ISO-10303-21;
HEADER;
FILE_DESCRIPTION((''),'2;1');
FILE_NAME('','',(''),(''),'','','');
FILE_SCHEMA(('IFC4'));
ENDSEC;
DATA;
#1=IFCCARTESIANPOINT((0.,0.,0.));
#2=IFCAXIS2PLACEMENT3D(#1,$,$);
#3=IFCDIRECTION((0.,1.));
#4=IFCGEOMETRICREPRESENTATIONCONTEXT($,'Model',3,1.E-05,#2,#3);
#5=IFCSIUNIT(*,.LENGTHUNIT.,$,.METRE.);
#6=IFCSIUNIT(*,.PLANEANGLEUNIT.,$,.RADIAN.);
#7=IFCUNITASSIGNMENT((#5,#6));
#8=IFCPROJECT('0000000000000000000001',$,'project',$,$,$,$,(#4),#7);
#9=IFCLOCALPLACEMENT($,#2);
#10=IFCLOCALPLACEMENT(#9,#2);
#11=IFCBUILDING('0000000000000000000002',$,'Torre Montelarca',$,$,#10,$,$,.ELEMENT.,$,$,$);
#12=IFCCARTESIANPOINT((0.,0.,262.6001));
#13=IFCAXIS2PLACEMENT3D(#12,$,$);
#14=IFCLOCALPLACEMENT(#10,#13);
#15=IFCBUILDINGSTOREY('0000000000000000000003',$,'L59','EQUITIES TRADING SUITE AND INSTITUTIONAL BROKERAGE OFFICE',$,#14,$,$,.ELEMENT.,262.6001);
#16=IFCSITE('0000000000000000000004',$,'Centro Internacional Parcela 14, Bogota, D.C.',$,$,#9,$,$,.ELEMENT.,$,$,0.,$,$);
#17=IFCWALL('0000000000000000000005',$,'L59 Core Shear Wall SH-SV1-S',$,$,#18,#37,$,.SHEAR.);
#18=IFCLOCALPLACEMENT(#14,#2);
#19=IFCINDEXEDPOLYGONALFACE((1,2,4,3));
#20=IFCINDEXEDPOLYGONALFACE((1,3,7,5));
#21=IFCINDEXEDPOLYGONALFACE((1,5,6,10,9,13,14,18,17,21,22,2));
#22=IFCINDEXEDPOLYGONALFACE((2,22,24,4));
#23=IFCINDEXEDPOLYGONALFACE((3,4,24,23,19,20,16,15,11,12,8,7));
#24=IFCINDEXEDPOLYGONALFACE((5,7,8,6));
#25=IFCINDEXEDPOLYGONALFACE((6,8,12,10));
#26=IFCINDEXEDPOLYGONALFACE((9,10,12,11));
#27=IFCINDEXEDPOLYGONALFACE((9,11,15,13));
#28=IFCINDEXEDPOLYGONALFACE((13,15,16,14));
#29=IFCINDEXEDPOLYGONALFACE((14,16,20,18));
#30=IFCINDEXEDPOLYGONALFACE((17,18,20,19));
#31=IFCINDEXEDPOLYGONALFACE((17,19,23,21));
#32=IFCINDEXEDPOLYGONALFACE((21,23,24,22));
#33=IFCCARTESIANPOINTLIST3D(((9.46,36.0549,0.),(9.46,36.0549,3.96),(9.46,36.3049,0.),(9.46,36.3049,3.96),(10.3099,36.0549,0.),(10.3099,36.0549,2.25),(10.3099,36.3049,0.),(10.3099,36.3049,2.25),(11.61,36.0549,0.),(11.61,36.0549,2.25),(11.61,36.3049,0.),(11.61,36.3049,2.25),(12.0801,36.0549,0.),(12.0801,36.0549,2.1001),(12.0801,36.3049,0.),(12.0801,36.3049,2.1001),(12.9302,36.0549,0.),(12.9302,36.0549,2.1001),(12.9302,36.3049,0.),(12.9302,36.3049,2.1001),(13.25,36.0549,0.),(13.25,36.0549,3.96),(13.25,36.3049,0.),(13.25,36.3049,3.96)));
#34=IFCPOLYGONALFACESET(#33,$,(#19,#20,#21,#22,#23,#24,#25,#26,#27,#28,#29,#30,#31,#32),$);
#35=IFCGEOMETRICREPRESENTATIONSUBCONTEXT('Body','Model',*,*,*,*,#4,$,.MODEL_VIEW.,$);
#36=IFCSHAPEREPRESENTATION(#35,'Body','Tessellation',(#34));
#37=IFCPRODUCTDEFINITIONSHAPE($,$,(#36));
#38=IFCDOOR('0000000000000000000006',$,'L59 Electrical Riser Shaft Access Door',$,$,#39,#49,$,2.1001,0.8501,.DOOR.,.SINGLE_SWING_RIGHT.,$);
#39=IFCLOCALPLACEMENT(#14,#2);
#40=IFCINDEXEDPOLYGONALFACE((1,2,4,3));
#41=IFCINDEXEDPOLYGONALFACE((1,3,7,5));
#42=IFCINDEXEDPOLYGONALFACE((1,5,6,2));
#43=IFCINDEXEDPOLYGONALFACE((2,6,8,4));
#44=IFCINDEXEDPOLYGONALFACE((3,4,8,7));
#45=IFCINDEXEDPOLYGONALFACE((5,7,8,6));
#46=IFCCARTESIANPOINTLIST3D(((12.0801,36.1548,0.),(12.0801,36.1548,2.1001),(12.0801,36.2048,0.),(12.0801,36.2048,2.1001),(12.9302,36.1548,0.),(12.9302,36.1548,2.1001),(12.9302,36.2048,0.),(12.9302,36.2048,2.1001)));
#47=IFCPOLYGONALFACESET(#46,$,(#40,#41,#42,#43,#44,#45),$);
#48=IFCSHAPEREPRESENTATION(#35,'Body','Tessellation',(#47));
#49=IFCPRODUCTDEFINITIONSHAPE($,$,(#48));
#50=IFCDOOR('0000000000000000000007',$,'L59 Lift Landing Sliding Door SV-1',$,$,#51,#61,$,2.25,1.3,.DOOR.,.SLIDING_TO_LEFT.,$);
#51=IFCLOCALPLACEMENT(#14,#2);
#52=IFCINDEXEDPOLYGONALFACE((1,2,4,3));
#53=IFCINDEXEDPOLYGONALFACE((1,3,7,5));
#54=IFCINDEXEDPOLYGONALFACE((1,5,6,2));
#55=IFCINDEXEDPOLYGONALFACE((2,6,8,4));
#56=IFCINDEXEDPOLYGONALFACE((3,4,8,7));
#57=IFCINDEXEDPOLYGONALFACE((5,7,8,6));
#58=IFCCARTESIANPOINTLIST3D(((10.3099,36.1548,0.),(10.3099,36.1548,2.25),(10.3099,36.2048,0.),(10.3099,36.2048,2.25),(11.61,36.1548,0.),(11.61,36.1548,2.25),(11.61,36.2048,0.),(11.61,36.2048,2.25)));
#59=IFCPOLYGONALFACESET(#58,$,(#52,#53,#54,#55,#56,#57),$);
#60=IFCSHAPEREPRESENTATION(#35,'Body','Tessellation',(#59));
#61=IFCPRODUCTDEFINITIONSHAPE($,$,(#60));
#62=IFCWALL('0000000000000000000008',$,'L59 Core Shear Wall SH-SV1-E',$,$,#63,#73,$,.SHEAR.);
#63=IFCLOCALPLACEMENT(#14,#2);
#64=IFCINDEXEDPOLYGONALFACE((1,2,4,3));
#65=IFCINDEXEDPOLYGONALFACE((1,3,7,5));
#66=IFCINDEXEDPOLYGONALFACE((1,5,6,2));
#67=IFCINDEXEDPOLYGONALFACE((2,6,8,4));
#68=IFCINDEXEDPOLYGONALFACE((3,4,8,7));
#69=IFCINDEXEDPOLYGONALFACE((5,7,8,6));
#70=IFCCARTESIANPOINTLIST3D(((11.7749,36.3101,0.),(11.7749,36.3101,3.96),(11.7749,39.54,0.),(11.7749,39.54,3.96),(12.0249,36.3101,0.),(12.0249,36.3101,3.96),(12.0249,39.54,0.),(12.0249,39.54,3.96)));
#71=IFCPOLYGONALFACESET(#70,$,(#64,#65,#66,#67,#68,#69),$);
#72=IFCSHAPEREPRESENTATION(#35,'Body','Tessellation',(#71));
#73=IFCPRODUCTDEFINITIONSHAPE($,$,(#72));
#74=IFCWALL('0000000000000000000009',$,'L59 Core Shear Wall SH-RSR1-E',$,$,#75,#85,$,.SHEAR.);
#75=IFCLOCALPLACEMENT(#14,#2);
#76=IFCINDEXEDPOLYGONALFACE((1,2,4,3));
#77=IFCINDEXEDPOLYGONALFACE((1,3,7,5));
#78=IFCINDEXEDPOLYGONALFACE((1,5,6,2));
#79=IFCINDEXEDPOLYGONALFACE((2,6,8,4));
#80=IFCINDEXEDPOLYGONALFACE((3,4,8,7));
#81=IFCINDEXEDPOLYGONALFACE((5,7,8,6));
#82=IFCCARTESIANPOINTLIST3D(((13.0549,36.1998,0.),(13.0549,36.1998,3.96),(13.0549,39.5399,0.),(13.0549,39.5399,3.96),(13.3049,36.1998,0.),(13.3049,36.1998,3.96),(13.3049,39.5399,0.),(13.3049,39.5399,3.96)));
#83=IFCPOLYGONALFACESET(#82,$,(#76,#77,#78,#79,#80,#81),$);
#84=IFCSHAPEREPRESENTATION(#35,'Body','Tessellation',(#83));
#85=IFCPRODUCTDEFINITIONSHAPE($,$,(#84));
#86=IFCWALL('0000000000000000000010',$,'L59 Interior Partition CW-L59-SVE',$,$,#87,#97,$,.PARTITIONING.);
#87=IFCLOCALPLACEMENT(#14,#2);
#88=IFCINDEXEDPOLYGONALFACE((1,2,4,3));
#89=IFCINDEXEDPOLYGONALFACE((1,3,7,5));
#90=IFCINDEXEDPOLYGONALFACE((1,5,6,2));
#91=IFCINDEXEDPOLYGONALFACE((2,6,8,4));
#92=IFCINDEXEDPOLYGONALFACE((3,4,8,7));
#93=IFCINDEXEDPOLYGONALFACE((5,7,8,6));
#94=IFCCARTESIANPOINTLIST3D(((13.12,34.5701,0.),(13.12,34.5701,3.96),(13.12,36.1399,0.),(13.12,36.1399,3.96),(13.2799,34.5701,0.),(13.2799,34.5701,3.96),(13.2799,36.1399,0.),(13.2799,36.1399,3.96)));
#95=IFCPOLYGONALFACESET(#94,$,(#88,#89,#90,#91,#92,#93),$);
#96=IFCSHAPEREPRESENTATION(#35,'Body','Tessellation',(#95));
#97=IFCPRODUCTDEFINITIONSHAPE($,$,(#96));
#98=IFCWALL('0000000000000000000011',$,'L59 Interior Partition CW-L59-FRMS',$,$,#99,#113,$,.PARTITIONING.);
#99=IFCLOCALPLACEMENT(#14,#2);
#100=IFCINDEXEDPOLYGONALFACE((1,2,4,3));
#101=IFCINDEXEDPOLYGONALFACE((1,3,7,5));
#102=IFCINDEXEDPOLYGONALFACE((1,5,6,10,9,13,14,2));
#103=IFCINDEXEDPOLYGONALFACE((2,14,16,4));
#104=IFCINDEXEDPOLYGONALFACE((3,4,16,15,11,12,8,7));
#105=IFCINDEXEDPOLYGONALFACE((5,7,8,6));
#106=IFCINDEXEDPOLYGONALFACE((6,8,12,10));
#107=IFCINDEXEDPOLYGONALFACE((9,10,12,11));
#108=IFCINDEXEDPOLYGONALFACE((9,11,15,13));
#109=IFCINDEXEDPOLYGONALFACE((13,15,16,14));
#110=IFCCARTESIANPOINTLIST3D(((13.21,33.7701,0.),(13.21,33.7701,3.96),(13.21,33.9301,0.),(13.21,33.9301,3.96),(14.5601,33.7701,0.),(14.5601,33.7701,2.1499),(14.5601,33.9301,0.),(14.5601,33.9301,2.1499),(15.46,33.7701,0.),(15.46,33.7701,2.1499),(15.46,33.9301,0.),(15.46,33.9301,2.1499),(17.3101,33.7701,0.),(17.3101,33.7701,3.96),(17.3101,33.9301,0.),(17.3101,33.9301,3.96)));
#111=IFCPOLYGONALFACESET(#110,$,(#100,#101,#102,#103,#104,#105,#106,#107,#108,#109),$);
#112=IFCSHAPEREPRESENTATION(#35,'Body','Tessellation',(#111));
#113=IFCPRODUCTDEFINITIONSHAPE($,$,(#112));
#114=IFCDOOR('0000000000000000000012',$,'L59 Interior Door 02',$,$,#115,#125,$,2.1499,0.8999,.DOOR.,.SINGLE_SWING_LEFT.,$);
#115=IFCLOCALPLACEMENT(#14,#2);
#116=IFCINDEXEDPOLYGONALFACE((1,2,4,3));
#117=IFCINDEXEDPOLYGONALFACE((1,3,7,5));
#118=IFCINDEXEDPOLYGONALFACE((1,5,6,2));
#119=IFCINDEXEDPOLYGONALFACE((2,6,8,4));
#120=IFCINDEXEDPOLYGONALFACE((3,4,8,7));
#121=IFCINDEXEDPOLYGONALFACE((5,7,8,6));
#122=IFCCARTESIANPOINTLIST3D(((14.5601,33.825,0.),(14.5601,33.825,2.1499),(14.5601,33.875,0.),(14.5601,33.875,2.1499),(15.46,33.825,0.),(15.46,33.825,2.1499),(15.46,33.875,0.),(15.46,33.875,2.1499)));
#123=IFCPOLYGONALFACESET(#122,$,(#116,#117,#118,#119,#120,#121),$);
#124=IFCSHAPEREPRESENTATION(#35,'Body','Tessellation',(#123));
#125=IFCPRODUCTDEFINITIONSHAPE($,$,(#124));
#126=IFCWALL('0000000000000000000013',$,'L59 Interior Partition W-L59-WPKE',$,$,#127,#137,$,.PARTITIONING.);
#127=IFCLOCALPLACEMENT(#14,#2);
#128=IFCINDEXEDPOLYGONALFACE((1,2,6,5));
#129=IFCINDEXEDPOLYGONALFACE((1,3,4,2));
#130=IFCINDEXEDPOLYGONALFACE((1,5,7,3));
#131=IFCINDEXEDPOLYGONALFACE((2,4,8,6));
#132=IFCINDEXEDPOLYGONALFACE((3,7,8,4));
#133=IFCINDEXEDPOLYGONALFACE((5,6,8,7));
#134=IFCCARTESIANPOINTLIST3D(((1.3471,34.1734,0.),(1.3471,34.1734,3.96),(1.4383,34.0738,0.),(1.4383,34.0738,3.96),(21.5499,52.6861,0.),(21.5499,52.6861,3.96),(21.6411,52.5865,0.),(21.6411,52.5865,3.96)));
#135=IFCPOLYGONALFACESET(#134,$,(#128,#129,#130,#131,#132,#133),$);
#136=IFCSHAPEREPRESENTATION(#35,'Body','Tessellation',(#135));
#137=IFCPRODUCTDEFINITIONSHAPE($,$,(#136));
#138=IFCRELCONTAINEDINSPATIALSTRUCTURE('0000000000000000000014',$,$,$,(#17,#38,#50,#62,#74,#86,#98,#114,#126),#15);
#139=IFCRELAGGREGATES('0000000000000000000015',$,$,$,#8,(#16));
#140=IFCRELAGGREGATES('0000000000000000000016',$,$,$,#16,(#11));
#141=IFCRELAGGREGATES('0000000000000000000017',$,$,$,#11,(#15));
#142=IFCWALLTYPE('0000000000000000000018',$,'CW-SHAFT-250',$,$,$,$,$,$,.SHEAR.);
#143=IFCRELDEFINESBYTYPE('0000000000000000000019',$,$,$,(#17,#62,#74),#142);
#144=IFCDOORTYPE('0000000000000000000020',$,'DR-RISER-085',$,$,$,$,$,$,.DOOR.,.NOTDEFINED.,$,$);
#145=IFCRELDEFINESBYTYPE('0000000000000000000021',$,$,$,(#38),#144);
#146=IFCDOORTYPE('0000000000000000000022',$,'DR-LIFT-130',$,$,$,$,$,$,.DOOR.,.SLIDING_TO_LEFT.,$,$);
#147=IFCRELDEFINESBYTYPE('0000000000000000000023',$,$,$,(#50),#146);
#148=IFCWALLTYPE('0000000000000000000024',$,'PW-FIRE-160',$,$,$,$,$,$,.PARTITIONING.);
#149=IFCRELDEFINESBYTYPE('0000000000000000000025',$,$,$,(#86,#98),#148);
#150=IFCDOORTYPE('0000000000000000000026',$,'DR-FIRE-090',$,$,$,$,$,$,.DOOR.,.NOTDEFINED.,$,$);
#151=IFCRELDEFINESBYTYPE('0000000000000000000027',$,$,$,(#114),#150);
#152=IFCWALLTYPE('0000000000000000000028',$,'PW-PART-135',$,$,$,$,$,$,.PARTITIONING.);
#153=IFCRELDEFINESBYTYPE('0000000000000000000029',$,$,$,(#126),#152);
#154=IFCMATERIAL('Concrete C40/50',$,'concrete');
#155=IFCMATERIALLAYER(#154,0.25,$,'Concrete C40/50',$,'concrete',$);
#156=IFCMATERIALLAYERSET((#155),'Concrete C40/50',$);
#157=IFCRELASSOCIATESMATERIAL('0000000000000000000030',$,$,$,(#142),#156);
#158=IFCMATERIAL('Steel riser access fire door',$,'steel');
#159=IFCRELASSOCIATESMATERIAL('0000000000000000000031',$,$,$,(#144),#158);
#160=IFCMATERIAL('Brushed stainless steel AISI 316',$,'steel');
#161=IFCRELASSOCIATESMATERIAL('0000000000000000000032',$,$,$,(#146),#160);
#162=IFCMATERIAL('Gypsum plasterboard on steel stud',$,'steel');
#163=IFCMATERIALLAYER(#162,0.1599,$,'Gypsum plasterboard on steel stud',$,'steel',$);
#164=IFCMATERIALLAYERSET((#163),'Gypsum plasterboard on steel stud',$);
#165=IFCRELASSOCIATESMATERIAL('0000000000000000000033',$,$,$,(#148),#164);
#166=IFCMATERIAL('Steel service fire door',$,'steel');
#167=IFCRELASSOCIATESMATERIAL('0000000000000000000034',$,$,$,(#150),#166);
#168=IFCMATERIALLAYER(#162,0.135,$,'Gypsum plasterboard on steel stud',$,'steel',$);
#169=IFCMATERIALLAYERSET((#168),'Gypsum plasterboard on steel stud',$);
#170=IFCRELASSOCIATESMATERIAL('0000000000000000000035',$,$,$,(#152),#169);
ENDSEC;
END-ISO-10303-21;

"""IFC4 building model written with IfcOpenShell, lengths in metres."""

from ifc_helpers import new_model, si_unit, direction, frame, frame_2d, origin, place, context, subcontext, project, spatial, rectangle, extrude, source, transform, mapped, material, layer, layer_set, type_object, element, fill, save


model = new_model("IFC4")

# Units and contexts
model_context = context("Model", 3, precision=1e-05, world=origin(), true_north=direction((0.0, 1.0)))
body_context = subcontext(model_context, "Body", "Model", "MODEL_VIEW")
ifc_project = project(units=[si_unit("LENGTHUNIT", "METRE"), si_unit("PLANEANGLEUNIT", "RADIAN")], contexts=[model_context])

# Site, building, storey
site_placement = place(None, origin())
site = spatial("IfcSite", under=ifc_project, at=site_placement, Name="Centro Internacional Parcela 14, Bogota, D.C.", CompositionType="ELEMENT", RefElevation=0.0)
building_placement = place(site_placement, origin())
building = spatial("IfcBuilding", under=site, at=building_placement, Name="Torre Montelarca", CompositionType="ELEMENT")
storey_placement = place(building_placement, frame((0.0, 0.0, 262.6001)))
storey = spatial("IfcBuildingStorey", under=building, at=storey_placement, Name="L59", Description="EQUITIES TRADING SUITE AND INSTITUTIONAL BROKERAGE OFFICE", CompositionType="ELEMENT", Elevation=262.6001)

# Shared definitions
ifc_material_1 = material(Name="Concrete C40/50", Category="concrete")
ifc_layer_1 = layer(ifc_material_1, 0.25, Name="Concrete C40/50", Category="concrete")
ifc_layer_set_1 = layer_set([ifc_layer_1], Name="Concrete C40/50")
wall_type_1 = type_object("IfcWallType", Name="CW-SHAFT-250", PredefinedType="SHEAR", material=ifc_layer_set_1)

# Wall, openings, doors
wall_1_placement = place(storey_placement, frame((9.46, 36.1799, 0.0), z_axis=(0.0, 0.0, 1.0), x_axis=(1.0, 0.0, 0.0)))
wall_1 = element("IfcWall", 1, at=wall_1_placement, inside=storey, type_object=wall_type_1, Name="L59 Core Shear Wall SH-SV1-S", PredefinedType="SHEAR", context=body_context, shape_type="SweptSolid", body=[
    extrude(rectangle(XDim=3.79, YDim=0.25, at=frame_2d((1.895, 0.0))), origin(), (0.0, 0.0, 1.0), 3.96),
])
opening_1_placement = place(wall_1_placement, frame((2.6201, 0.0, 0.0)))
opening_1 = element("IfcOpeningElement", 2, at=opening_1_placement, cuts=wall_1, PredefinedType="OPENING", context=body_context, shape_type="SweptSolid", body=[
    extrude(rectangle(XDim=0.8501, YDim=2.1001, at=frame_2d((0.425, 1.05))), frame((0.0, 0.135, 0.0), z_axis=(0.0, -1.0, 0.0), x_axis=(1.0, 0.0, 0.0)), (0.0, 0.0, 1.0), 0.27),
])
opening_2_placement = place(wall_1_placement, frame((0.8501, 0.0, 0.0)))
opening_2 = element("IfcOpeningElement", 3, at=opening_2_placement, cuts=wall_1, PredefinedType="OPENING", context=body_context, shape_type="SweptSolid", body=[
    extrude(rectangle(XDim=1.3, YDim=2.25, at=frame_2d((0.6499, 1.125))), frame((0.0, 0.135, 0.0), z_axis=(0.0, -1.0, 0.0), x_axis=(1.0, 0.0, 0.0)), (0.0, 0.0, 1.0), 0.27),
])
ifc_material_2 = material(Name="Steel riser access fire door", Category="steel")
door_type_1 = type_object("IfcDoorType", Name="DR-RISER-085", OperationType="NOTDEFINED", PredefinedType="DOOR", material=ifc_material_2)
shared_shape_1 = source(origin(), body_context, "Body", "SweptSolid", [
    extrude(rectangle(XDim=0.8501, YDim=2.1001, at=frame_2d((0.425, 1.05))), frame((0.0, 0.0249, 0.0), z_axis=(0.0, -1.0, 0.0), x_axis=(1.0, 0.0, 0.0)), (0.0, 0.0, 1.0), 0.05),
])
door_1_placement = place(opening_1_placement, origin())
door_1 = element("IfcDoor", 4, at=door_1_placement, inside=storey, type_object=door_type_1, Name="L59 Electrical Riser Shaft Access Door", OperationType="SINGLE_SWING_RIGHT", OverallHeight=2.1001, OverallWidth=0.8501, PredefinedType="DOOR", context=body_context, shape_type="MappedRepresentation", body=[
    mapped(shared_shape_1, transform((0.0, 0.0, 0.0), scale=1.0)),
])
fill(opening_1, door_1)
ifc_material_3 = material(Name="Brushed stainless steel AISI 316", Category="steel")
door_type_2 = type_object("IfcDoorType", Name="DR-LIFT-130", OperationType="SLIDING_TO_LEFT", PredefinedType="DOOR", material=ifc_material_3)
shared_shape_2 = source(origin(), body_context, "Body", "SweptSolid", [
    extrude(rectangle(XDim=1.3, YDim=2.25, at=frame_2d((0.6499, 1.125))), frame((0.0, 0.0249, 0.0), z_axis=(0.0, -1.0, 0.0), x_axis=(1.0, 0.0, 0.0)), (0.0, 0.0, 1.0), 0.05),
])
door_2_placement = place(opening_2_placement, origin())
door_2 = element("IfcDoor", 5, at=door_2_placement, inside=storey, type_object=door_type_2, Name="L59 Lift Landing Sliding Door SV-1", OperationType="SLIDING_TO_LEFT", OverallHeight=2.25, OverallWidth=1.3, PredefinedType="DOOR", context=body_context, shape_type="MappedRepresentation", body=[
    mapped(shared_shape_2, transform((0.0, 0.0, 0.0), scale=1.0)),
])
fill(opening_2, door_2)

# Walls
wall_2_placement = place(storey_placement, frame((11.8999, 36.3101, 0.0), z_axis=(0.0, 0.0, 1.0), x_axis=(0.0, 1.0, 0.0)))
element("IfcWall", 6, at=wall_2_placement, inside=storey, type_object=wall_type_1, Name="L59 Core Shear Wall SH-SV1-E", PredefinedType="SHEAR", context=body_context, shape_type="SweptSolid", body=[
    extrude(rectangle(XDim=3.23, YDim=0.25, at=frame_2d((1.615, 0.0))), origin(), (0.0, 0.0, 1.0), 3.96),
])
wall_3_placement = place(storey_placement, frame((13.1799, 36.2, 0.0), z_axis=(0.0, 0.0, 1.0), x_axis=(0.0, 1.0, 0.0)))
element("IfcWall", 7, at=wall_3_placement, inside=storey, type_object=wall_type_1, Name="L59 Core Shear Wall SH-RSR1-E", PredefinedType="SHEAR", context=body_context, shape_type="SweptSolid", body=[
    extrude(rectangle(XDim=3.3401, YDim=0.25, at=frame_2d((1.6699, 0.0))), origin(), (0.0, 0.0, 1.0), 3.96),
])

# Shared definitions
ifc_material_4 = material(Name="Gypsum plasterboard on steel stud", Category="steel")
ifc_layer_2 = layer(ifc_material_4, 0.1599, Name="Gypsum plasterboard on steel stud", Category="steel")
ifc_layer_set_2 = layer_set([ifc_layer_2], Name="Gypsum plasterboard on steel stud")
wall_type_2 = type_object("IfcWallType", Name="PW-FIRE-160", PredefinedType="PARTITIONING", material=ifc_layer_set_2)
ifc_material_5 = material(Name="Steel service fire door", Category="steel")
door_type_3 = type_object("IfcDoorType", Name="DR-FIRE-090", OperationType="NOTDEFINED", PredefinedType="DOOR", material=ifc_material_5)
shared_shape_3 = source(origin(), body_context, "Body", "SweptSolid", [
    extrude(rectangle(XDim=0.8999, YDim=2.1499, at=frame_2d((0.45, 1.075))), frame((0.0, 0.0249, 0.0), z_axis=(0.0, -1.0, 0.0), x_axis=(1.0, 0.0, 0.0)), (0.0, 0.0, 1.0), 0.05),
])

# Wall
wall_4_placement = place(storey_placement, frame((13.2, 34.5701, 0.0), z_axis=(0.0, 0.0, 1.0), x_axis=(0.0, 1.0, 0.0)))
element("IfcWall", 8, at=wall_4_placement, inside=storey, type_object=wall_type_2, Name="L59 Interior Partition CW-L59-SVE", PredefinedType="PARTITIONING", context=body_context, shape_type="SweptSolid", body=[
    extrude(rectangle(XDim=1.5698, YDim=0.1599, at=frame_2d((0.7849, 0.0))), origin(), (0.0, 0.0, 1.0), 3.96),
])

# Wall, opening, door
wall_5_placement = place(storey_placement, frame((13.21, 33.8501, 0.0), z_axis=(0.0, 0.0, 1.0), x_axis=(1.0, 0.0, 0.0)))
wall_5 = element("IfcWall", 9, at=wall_5_placement, inside=storey, type_object=wall_type_2, Name="L59 Interior Partition CW-L59-FRMS", PredefinedType="PARTITIONING", context=body_context, shape_type="SweptSolid", body=[
    extrude(rectangle(XDim=4.1001, YDim=0.1599, at=frame_2d((2.05, 0.0))), origin(), (0.0, 0.0, 1.0), 3.96),
])
opening_3_placement = place(wall_5_placement, frame((1.3501, 0.0, 0.0)))
opening_3 = element("IfcOpeningElement", 10, at=opening_3_placement, cuts=wall_5, PredefinedType="OPENING", context=body_context, shape_type="SweptSolid", body=[
    extrude(rectangle(XDim=0.8999, YDim=2.1499, at=frame_2d((0.45, 1.075))), frame((0.0, 0.0898, 0.0), z_axis=(0.0, -1.0, 0.0), x_axis=(1.0, 0.0, 0.0)), (0.0, 0.0, 1.0), 0.1799),
])
door_3_placement = place(opening_3_placement, origin())
door_3 = element("IfcDoor", 11, at=door_3_placement, inside=storey, type_object=door_type_3, Name="L59 Interior Door 02", OperationType="SINGLE_SWING_LEFT", OverallHeight=2.1499, OverallWidth=0.8999, PredefinedType="DOOR", context=body_context, shape_type="MappedRepresentation", body=[
    mapped(shared_shape_3, transform((0.0, 0.0, 0.0), scale=1.0)),
])
fill(opening_3, door_3)

# Wall
ifc_layer_3 = layer(ifc_material_4, 0.135, Name="Gypsum plasterboard on steel stud", Category="steel")
ifc_layer_set_3 = layer_set([ifc_layer_3], Name="Gypsum plasterboard on steel stud")
wall_type_3 = type_object("IfcWallType", Name="PW-PART-135", PredefinedType="PARTITIONING", material=ifc_layer_set_3)
wall_6_placement = place(storey_placement, frame((1.3926, 34.1235, 0.0), z_axis=(0.0, 0.0, 1.0), x_axis=(0.737274, 0.675593, 0.0)))
element("IfcWall", 12, at=wall_6_placement, inside=storey, type_object=wall_type_3, Name="L59 Interior Partition W-L59-WPKE", PredefinedType="PARTITIONING", context=body_context, shape_type="SweptSolid", body=[
    extrude(rectangle(XDim=27.4021, YDim=0.135, at=frame_2d((13.7012, 0.0))), origin(), (0.0, 0.0, 1.0), 3.96),
])

save(model, "model.ifc")
